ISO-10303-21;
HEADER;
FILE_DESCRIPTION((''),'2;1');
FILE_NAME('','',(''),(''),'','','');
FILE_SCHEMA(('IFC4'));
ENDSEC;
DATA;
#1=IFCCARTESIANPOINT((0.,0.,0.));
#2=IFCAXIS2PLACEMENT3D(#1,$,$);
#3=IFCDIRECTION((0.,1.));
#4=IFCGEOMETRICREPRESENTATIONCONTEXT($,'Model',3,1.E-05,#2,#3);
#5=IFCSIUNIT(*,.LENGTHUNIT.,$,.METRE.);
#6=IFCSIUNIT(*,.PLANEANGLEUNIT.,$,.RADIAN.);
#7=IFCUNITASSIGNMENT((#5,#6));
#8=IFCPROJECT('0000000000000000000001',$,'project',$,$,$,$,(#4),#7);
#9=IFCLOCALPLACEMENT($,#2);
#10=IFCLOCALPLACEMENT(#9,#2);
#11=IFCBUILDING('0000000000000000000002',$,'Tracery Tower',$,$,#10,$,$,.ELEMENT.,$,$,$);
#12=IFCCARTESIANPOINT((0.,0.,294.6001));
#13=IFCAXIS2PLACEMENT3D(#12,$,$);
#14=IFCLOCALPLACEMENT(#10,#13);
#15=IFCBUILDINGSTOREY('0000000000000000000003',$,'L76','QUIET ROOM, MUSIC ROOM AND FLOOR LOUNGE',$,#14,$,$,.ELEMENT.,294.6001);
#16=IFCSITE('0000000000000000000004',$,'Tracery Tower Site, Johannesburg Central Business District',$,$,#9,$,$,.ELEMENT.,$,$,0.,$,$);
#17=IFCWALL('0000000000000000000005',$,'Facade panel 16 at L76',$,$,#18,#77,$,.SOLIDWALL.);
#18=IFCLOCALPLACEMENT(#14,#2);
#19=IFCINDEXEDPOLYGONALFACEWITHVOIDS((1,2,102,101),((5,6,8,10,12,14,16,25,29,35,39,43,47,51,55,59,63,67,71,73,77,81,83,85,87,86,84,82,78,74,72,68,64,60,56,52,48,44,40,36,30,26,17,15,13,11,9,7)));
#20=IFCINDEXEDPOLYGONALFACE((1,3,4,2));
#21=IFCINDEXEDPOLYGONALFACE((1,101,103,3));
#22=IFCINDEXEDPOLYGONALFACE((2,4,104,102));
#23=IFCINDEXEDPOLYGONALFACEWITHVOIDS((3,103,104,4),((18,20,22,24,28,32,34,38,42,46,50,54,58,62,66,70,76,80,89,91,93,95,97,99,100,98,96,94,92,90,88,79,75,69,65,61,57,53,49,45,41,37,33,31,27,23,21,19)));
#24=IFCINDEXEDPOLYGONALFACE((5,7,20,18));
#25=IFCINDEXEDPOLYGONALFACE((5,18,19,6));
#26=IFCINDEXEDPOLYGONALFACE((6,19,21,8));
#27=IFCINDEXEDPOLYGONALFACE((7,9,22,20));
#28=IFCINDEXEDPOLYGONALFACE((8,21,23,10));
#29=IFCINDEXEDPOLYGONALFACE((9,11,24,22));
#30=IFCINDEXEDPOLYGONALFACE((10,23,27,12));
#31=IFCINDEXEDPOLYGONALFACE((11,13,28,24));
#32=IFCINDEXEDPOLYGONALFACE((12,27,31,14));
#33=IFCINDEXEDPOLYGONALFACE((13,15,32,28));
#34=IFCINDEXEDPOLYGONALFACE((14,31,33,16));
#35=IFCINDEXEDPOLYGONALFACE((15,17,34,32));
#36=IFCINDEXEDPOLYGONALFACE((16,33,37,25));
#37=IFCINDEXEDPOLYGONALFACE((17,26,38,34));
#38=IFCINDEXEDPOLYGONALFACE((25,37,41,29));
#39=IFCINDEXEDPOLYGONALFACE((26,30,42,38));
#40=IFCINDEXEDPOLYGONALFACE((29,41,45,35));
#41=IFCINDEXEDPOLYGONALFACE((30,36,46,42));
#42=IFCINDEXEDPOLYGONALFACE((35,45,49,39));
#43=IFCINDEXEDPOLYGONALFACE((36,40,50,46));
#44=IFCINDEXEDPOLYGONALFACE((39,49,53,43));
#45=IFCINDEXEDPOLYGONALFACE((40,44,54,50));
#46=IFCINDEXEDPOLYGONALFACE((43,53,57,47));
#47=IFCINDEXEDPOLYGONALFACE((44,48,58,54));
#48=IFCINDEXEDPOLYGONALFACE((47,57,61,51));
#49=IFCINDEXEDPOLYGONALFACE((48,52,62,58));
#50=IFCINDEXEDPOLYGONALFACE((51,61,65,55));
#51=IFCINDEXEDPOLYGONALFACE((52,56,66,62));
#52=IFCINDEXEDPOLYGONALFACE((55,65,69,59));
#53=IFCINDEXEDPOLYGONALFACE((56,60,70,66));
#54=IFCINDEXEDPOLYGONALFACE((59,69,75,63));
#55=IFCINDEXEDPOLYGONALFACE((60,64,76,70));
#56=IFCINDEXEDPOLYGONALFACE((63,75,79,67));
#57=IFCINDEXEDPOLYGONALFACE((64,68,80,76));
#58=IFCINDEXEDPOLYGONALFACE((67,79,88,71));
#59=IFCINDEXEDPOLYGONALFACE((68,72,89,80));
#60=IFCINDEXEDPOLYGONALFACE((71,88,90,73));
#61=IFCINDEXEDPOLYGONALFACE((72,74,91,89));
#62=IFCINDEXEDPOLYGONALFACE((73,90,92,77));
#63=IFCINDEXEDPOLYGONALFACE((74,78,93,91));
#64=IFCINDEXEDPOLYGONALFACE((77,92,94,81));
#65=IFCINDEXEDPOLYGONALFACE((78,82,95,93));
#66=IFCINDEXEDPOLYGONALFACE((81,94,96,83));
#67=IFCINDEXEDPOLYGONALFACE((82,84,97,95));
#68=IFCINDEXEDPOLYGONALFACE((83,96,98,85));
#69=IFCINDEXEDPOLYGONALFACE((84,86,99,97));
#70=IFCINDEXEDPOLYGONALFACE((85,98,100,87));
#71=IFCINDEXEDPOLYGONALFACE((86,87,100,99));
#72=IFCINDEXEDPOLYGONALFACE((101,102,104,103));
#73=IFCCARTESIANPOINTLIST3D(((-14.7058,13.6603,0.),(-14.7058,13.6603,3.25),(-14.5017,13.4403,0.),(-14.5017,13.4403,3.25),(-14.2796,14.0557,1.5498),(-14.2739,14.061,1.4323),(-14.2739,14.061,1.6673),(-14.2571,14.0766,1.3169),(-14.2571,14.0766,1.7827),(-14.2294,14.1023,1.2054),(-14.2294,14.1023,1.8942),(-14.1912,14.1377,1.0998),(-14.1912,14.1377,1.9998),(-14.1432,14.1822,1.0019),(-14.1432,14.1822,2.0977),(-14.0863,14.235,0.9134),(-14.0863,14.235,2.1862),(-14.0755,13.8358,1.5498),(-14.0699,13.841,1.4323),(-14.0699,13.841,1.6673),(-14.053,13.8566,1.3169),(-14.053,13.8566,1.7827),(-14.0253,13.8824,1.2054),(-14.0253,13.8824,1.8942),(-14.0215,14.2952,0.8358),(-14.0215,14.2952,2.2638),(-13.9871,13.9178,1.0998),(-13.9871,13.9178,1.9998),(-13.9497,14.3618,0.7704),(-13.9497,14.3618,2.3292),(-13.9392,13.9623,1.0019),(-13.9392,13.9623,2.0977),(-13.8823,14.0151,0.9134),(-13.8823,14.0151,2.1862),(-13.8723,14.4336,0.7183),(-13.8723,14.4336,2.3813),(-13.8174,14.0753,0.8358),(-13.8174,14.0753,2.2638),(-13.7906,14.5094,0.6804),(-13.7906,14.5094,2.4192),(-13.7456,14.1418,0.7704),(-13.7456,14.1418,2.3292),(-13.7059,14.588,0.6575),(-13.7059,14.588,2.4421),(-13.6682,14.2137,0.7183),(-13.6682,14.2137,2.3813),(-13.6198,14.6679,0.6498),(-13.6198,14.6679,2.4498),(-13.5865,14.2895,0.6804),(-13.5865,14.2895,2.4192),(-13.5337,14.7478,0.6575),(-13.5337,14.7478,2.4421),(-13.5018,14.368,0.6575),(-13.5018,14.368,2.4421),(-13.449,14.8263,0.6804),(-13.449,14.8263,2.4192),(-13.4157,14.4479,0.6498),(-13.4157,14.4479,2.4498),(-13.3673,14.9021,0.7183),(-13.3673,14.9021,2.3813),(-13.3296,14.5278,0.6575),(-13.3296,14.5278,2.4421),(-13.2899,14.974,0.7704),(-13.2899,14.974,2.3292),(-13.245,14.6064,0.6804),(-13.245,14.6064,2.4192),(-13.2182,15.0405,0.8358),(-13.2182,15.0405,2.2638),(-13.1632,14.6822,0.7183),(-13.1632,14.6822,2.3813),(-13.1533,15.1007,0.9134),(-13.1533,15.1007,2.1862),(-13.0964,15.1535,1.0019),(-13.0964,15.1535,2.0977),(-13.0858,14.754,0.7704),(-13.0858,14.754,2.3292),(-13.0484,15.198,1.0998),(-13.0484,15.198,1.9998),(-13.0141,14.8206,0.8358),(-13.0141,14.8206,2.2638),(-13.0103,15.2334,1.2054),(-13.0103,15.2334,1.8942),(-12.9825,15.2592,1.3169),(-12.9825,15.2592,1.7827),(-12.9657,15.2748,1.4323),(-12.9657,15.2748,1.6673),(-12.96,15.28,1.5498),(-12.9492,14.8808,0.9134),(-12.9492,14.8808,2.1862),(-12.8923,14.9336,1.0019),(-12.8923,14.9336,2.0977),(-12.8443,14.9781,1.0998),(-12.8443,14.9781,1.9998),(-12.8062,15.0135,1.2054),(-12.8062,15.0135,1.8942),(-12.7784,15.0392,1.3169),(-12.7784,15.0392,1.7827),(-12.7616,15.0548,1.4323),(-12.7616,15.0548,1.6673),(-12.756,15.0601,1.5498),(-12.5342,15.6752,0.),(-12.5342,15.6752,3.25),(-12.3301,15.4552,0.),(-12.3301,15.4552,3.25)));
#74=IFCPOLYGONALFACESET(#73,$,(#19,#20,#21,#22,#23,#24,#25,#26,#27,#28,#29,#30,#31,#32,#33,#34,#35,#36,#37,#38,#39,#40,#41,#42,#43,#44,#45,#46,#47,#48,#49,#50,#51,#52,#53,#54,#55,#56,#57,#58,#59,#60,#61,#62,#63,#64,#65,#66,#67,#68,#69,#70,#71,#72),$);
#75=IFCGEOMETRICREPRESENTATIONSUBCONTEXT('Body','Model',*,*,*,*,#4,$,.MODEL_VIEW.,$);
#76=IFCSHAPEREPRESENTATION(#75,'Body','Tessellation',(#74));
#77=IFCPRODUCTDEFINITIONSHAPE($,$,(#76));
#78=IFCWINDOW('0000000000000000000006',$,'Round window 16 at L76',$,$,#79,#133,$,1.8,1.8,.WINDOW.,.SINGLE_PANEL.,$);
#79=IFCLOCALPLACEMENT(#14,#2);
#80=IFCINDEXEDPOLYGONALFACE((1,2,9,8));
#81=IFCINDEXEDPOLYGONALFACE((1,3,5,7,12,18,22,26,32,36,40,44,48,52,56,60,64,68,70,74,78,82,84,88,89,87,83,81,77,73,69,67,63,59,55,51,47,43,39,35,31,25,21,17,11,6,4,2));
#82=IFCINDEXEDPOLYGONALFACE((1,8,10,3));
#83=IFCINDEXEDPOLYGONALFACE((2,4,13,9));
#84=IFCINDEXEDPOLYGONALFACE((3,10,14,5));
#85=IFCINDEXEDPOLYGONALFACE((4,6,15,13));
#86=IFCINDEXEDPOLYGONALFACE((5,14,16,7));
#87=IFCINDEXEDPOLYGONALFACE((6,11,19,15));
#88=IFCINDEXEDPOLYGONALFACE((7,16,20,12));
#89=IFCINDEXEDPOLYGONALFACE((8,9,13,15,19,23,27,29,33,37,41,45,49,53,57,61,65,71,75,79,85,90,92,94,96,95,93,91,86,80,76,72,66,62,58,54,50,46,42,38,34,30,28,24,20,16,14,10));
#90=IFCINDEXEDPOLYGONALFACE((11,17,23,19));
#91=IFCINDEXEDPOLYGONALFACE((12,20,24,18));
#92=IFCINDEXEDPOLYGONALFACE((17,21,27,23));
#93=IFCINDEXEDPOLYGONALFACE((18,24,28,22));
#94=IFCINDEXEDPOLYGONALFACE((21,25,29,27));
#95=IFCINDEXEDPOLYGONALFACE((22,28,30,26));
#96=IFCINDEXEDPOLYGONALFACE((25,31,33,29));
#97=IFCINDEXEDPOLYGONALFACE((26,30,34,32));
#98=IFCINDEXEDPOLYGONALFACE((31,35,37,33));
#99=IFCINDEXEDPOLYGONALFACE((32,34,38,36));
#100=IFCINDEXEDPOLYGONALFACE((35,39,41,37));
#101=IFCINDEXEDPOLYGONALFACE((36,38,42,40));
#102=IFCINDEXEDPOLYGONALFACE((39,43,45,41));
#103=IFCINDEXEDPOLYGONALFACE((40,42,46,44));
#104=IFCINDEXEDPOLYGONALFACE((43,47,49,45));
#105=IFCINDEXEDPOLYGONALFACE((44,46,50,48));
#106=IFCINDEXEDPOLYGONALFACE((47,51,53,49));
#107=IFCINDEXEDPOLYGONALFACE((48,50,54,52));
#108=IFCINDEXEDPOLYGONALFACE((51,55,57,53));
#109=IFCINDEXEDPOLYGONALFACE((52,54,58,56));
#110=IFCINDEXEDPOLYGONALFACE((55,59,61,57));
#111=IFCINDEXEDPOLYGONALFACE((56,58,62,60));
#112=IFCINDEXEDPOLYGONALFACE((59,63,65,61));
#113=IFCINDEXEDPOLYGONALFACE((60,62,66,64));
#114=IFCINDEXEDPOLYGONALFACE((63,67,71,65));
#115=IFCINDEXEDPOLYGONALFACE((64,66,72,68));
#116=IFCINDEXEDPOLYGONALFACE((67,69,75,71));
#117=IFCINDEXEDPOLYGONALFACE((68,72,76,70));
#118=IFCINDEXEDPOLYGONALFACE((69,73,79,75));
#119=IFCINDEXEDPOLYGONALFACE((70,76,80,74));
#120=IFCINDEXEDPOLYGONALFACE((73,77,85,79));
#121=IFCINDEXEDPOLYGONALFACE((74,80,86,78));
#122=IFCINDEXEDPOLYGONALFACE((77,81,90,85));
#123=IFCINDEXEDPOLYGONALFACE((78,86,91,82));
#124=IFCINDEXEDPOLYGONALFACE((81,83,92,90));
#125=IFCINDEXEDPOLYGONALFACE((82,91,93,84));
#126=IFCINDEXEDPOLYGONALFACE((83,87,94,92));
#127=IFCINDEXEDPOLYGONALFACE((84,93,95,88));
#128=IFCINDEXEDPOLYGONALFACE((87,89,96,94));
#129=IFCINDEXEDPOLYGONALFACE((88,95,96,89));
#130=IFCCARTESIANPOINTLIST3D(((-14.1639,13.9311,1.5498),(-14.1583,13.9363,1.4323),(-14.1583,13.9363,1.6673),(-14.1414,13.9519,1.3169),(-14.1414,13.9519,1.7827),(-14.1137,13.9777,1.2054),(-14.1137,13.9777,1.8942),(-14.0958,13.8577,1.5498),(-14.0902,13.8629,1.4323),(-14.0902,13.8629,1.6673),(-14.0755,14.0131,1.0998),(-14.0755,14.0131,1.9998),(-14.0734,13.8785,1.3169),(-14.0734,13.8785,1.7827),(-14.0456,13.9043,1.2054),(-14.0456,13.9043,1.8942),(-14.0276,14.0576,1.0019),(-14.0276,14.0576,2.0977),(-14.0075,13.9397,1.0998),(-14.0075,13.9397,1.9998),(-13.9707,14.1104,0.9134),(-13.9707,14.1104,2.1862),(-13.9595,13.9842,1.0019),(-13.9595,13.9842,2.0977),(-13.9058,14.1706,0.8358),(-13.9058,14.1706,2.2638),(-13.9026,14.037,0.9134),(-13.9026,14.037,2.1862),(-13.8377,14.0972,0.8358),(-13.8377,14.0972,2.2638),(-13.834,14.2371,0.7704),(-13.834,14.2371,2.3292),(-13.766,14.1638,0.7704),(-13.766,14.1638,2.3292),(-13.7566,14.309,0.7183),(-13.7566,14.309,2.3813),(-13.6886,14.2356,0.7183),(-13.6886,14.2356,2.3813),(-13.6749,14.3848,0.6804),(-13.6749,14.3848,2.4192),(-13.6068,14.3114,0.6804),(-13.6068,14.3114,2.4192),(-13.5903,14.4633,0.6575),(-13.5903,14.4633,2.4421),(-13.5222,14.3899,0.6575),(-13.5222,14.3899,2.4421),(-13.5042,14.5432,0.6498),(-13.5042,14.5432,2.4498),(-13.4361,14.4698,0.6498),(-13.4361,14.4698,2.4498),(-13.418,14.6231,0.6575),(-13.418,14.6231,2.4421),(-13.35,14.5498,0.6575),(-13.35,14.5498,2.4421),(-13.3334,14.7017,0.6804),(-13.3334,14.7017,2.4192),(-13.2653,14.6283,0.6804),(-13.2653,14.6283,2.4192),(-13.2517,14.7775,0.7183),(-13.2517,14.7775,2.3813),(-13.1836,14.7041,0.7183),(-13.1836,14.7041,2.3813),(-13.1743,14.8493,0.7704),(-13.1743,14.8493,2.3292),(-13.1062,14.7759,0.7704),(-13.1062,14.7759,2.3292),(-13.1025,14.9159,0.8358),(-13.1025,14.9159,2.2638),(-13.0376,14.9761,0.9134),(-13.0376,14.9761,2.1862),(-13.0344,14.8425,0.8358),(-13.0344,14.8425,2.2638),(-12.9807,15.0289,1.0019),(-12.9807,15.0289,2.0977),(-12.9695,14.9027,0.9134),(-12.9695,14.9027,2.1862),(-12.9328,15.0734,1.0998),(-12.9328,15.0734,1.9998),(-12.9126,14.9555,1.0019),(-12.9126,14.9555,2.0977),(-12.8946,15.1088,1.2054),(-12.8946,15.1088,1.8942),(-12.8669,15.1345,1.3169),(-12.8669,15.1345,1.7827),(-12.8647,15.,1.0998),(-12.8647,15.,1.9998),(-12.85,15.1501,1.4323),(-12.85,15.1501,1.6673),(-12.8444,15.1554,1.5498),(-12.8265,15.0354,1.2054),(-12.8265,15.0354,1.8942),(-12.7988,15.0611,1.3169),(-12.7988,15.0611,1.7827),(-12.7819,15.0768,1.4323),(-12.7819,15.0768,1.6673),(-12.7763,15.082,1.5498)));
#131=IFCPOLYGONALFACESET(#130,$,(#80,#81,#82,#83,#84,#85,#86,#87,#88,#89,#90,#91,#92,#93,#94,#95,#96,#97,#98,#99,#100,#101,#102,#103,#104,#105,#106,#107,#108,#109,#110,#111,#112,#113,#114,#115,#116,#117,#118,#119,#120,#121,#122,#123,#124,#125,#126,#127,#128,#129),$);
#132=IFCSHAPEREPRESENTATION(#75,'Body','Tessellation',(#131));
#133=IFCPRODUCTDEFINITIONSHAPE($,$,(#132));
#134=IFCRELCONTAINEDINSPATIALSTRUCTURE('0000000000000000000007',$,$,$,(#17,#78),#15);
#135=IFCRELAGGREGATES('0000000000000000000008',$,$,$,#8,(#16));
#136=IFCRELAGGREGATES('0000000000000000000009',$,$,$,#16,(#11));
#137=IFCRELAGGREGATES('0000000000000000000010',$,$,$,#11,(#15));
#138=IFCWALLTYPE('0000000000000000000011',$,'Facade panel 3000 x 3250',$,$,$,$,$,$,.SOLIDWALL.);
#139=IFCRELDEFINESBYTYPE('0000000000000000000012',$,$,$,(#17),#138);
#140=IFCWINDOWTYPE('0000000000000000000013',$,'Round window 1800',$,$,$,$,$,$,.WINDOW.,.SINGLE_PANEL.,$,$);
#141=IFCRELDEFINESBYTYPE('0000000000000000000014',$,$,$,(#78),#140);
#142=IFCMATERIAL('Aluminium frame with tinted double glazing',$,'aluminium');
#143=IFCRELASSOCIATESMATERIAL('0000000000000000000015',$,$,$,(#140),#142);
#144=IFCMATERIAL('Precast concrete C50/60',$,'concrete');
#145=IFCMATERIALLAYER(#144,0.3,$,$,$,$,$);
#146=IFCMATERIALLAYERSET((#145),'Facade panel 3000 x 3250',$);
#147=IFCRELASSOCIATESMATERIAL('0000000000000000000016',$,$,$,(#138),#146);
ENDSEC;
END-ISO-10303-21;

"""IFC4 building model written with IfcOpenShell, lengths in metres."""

from ifc_helpers import new_model, si_unit, direction, frame, frame_2d, origin, origin_2d, place, context, subcontext, project, spatial, rectangle, circle, extrude, material, layer, layer_set, type_object, element, fill, save


model = new_model("IFC4")

# Units and contexts
model_context = context("Model", 3, precision=1e-05, world=origin(), true_north=direction((0.0, 1.0)))
body_context = subcontext(model_context, "Body", "Model", "MODEL_VIEW")
ifc_project = project(units=[si_unit("LENGTHUNIT", "METRE"), si_unit("PLANEANGLEUNIT", "RADIAN")], contexts=[model_context])

# Site, building, storey
site_placement = place(None, origin())
site = spatial("IfcSite", under=ifc_project, at=site_placement, Name="Tracery Tower Site, Johannesburg Central Business District", CompositionType="ELEMENT", RefElevation=0.0)
building_placement = place(site_placement, origin())
building = spatial("IfcBuilding", under=site, at=building_placement, Name="Tracery Tower", CompositionType="ELEMENT")
storey_placement = place(building_placement, frame((0.0, 0.0, 294.6001)))
storey = spatial("IfcBuildingStorey", under=building, at=storey_placement, Name="L76", Description="QUIET ROOM, MUSIC ROOM AND FLOOR LOUNGE", CompositionType="ELEMENT", Elevation=294.6001)

# Wall, opening, window
ifc_material_1 = material(Name="Aluminium frame with tinted double glazing", Category="aluminium")
window_type = type_object("IfcWindowType", Name="Round window 1800", PartitioningType="SINGLE_PANEL", PredefinedType="WINDOW", material=ifc_material_1)
ifc_material_2 = material(Name="Precast concrete C50/60", Category="concrete")
ifc_layer_1 = layer(ifc_material_2, 0.3)
ifc_layer_set_1 = layer_set([ifc_layer_1], Name="Facade panel 3000 x 3250")
wall_type_1 = type_object("IfcWallType", Name="Facade panel 3000 x 3250", PredefinedType="SOLIDWALL", material=ifc_layer_set_1)
wall_1_placement = place(storey_placement, frame((-12.4321, 15.5652, 0.0), z_axis=(0.0, 0.0, 1.0), x_axis=(-0.733066, -0.680157, 0.0)))
wall_1 = element("IfcWall", 1, at=wall_1_placement, inside=storey, type_object=wall_type_1, Name="Facade panel 16 at L76", PredefinedType="SOLIDWALL", context=body_context, shape_type="SweptSolid", body=[
    extrude(rectangle(XDim=2.9624, YDim=0.3, at=frame_2d((1.4812, 0.0))), origin(), (0.0, 0.0, 1.0), 3.25),
])
opening_1_placement = place(wall_1_placement, frame((1.481, 0.0, 1.5498)))
opening_1 = element("IfcOpeningElement", 2, at=opening_1_placement, cuts=wall_1, PredefinedType="OPENING", context=body_context, shape_type="SweptSolid", body=[
    extrude(circle(Radius=0.9, at=origin_2d()), frame((0.0, 0.1599, 0.0), z_axis=(0.0, -1.0, 0.0), x_axis=(1.0, 0.0, 0.0)), (0.0, 0.0, 1.0), 0.3201),
])
window_1_placement = place(opening_1_placement, origin())
window_1 = element("IfcWindow", 3, at=window_1_placement, inside=storey, type_object=window_type, Name="Round window 16 at L76", OverallHeight=1.8, OverallWidth=1.8, PartitioningType="SINGLE_PANEL", PredefinedType="WINDOW", context=body_context, shape_type="SweptSolid", body=[
    extrude(circle(Radius=0.9, at=origin_2d()), frame((0.0, 0.1201, 0.0), z_axis=(0.0, -1.0, 0.0), x_axis=(1.0, 0.0, 0.0)), (0.0, 0.0, 1.0), 0.1001),
])
fill(opening_1, window_1)

save(model, "model.ifc")
